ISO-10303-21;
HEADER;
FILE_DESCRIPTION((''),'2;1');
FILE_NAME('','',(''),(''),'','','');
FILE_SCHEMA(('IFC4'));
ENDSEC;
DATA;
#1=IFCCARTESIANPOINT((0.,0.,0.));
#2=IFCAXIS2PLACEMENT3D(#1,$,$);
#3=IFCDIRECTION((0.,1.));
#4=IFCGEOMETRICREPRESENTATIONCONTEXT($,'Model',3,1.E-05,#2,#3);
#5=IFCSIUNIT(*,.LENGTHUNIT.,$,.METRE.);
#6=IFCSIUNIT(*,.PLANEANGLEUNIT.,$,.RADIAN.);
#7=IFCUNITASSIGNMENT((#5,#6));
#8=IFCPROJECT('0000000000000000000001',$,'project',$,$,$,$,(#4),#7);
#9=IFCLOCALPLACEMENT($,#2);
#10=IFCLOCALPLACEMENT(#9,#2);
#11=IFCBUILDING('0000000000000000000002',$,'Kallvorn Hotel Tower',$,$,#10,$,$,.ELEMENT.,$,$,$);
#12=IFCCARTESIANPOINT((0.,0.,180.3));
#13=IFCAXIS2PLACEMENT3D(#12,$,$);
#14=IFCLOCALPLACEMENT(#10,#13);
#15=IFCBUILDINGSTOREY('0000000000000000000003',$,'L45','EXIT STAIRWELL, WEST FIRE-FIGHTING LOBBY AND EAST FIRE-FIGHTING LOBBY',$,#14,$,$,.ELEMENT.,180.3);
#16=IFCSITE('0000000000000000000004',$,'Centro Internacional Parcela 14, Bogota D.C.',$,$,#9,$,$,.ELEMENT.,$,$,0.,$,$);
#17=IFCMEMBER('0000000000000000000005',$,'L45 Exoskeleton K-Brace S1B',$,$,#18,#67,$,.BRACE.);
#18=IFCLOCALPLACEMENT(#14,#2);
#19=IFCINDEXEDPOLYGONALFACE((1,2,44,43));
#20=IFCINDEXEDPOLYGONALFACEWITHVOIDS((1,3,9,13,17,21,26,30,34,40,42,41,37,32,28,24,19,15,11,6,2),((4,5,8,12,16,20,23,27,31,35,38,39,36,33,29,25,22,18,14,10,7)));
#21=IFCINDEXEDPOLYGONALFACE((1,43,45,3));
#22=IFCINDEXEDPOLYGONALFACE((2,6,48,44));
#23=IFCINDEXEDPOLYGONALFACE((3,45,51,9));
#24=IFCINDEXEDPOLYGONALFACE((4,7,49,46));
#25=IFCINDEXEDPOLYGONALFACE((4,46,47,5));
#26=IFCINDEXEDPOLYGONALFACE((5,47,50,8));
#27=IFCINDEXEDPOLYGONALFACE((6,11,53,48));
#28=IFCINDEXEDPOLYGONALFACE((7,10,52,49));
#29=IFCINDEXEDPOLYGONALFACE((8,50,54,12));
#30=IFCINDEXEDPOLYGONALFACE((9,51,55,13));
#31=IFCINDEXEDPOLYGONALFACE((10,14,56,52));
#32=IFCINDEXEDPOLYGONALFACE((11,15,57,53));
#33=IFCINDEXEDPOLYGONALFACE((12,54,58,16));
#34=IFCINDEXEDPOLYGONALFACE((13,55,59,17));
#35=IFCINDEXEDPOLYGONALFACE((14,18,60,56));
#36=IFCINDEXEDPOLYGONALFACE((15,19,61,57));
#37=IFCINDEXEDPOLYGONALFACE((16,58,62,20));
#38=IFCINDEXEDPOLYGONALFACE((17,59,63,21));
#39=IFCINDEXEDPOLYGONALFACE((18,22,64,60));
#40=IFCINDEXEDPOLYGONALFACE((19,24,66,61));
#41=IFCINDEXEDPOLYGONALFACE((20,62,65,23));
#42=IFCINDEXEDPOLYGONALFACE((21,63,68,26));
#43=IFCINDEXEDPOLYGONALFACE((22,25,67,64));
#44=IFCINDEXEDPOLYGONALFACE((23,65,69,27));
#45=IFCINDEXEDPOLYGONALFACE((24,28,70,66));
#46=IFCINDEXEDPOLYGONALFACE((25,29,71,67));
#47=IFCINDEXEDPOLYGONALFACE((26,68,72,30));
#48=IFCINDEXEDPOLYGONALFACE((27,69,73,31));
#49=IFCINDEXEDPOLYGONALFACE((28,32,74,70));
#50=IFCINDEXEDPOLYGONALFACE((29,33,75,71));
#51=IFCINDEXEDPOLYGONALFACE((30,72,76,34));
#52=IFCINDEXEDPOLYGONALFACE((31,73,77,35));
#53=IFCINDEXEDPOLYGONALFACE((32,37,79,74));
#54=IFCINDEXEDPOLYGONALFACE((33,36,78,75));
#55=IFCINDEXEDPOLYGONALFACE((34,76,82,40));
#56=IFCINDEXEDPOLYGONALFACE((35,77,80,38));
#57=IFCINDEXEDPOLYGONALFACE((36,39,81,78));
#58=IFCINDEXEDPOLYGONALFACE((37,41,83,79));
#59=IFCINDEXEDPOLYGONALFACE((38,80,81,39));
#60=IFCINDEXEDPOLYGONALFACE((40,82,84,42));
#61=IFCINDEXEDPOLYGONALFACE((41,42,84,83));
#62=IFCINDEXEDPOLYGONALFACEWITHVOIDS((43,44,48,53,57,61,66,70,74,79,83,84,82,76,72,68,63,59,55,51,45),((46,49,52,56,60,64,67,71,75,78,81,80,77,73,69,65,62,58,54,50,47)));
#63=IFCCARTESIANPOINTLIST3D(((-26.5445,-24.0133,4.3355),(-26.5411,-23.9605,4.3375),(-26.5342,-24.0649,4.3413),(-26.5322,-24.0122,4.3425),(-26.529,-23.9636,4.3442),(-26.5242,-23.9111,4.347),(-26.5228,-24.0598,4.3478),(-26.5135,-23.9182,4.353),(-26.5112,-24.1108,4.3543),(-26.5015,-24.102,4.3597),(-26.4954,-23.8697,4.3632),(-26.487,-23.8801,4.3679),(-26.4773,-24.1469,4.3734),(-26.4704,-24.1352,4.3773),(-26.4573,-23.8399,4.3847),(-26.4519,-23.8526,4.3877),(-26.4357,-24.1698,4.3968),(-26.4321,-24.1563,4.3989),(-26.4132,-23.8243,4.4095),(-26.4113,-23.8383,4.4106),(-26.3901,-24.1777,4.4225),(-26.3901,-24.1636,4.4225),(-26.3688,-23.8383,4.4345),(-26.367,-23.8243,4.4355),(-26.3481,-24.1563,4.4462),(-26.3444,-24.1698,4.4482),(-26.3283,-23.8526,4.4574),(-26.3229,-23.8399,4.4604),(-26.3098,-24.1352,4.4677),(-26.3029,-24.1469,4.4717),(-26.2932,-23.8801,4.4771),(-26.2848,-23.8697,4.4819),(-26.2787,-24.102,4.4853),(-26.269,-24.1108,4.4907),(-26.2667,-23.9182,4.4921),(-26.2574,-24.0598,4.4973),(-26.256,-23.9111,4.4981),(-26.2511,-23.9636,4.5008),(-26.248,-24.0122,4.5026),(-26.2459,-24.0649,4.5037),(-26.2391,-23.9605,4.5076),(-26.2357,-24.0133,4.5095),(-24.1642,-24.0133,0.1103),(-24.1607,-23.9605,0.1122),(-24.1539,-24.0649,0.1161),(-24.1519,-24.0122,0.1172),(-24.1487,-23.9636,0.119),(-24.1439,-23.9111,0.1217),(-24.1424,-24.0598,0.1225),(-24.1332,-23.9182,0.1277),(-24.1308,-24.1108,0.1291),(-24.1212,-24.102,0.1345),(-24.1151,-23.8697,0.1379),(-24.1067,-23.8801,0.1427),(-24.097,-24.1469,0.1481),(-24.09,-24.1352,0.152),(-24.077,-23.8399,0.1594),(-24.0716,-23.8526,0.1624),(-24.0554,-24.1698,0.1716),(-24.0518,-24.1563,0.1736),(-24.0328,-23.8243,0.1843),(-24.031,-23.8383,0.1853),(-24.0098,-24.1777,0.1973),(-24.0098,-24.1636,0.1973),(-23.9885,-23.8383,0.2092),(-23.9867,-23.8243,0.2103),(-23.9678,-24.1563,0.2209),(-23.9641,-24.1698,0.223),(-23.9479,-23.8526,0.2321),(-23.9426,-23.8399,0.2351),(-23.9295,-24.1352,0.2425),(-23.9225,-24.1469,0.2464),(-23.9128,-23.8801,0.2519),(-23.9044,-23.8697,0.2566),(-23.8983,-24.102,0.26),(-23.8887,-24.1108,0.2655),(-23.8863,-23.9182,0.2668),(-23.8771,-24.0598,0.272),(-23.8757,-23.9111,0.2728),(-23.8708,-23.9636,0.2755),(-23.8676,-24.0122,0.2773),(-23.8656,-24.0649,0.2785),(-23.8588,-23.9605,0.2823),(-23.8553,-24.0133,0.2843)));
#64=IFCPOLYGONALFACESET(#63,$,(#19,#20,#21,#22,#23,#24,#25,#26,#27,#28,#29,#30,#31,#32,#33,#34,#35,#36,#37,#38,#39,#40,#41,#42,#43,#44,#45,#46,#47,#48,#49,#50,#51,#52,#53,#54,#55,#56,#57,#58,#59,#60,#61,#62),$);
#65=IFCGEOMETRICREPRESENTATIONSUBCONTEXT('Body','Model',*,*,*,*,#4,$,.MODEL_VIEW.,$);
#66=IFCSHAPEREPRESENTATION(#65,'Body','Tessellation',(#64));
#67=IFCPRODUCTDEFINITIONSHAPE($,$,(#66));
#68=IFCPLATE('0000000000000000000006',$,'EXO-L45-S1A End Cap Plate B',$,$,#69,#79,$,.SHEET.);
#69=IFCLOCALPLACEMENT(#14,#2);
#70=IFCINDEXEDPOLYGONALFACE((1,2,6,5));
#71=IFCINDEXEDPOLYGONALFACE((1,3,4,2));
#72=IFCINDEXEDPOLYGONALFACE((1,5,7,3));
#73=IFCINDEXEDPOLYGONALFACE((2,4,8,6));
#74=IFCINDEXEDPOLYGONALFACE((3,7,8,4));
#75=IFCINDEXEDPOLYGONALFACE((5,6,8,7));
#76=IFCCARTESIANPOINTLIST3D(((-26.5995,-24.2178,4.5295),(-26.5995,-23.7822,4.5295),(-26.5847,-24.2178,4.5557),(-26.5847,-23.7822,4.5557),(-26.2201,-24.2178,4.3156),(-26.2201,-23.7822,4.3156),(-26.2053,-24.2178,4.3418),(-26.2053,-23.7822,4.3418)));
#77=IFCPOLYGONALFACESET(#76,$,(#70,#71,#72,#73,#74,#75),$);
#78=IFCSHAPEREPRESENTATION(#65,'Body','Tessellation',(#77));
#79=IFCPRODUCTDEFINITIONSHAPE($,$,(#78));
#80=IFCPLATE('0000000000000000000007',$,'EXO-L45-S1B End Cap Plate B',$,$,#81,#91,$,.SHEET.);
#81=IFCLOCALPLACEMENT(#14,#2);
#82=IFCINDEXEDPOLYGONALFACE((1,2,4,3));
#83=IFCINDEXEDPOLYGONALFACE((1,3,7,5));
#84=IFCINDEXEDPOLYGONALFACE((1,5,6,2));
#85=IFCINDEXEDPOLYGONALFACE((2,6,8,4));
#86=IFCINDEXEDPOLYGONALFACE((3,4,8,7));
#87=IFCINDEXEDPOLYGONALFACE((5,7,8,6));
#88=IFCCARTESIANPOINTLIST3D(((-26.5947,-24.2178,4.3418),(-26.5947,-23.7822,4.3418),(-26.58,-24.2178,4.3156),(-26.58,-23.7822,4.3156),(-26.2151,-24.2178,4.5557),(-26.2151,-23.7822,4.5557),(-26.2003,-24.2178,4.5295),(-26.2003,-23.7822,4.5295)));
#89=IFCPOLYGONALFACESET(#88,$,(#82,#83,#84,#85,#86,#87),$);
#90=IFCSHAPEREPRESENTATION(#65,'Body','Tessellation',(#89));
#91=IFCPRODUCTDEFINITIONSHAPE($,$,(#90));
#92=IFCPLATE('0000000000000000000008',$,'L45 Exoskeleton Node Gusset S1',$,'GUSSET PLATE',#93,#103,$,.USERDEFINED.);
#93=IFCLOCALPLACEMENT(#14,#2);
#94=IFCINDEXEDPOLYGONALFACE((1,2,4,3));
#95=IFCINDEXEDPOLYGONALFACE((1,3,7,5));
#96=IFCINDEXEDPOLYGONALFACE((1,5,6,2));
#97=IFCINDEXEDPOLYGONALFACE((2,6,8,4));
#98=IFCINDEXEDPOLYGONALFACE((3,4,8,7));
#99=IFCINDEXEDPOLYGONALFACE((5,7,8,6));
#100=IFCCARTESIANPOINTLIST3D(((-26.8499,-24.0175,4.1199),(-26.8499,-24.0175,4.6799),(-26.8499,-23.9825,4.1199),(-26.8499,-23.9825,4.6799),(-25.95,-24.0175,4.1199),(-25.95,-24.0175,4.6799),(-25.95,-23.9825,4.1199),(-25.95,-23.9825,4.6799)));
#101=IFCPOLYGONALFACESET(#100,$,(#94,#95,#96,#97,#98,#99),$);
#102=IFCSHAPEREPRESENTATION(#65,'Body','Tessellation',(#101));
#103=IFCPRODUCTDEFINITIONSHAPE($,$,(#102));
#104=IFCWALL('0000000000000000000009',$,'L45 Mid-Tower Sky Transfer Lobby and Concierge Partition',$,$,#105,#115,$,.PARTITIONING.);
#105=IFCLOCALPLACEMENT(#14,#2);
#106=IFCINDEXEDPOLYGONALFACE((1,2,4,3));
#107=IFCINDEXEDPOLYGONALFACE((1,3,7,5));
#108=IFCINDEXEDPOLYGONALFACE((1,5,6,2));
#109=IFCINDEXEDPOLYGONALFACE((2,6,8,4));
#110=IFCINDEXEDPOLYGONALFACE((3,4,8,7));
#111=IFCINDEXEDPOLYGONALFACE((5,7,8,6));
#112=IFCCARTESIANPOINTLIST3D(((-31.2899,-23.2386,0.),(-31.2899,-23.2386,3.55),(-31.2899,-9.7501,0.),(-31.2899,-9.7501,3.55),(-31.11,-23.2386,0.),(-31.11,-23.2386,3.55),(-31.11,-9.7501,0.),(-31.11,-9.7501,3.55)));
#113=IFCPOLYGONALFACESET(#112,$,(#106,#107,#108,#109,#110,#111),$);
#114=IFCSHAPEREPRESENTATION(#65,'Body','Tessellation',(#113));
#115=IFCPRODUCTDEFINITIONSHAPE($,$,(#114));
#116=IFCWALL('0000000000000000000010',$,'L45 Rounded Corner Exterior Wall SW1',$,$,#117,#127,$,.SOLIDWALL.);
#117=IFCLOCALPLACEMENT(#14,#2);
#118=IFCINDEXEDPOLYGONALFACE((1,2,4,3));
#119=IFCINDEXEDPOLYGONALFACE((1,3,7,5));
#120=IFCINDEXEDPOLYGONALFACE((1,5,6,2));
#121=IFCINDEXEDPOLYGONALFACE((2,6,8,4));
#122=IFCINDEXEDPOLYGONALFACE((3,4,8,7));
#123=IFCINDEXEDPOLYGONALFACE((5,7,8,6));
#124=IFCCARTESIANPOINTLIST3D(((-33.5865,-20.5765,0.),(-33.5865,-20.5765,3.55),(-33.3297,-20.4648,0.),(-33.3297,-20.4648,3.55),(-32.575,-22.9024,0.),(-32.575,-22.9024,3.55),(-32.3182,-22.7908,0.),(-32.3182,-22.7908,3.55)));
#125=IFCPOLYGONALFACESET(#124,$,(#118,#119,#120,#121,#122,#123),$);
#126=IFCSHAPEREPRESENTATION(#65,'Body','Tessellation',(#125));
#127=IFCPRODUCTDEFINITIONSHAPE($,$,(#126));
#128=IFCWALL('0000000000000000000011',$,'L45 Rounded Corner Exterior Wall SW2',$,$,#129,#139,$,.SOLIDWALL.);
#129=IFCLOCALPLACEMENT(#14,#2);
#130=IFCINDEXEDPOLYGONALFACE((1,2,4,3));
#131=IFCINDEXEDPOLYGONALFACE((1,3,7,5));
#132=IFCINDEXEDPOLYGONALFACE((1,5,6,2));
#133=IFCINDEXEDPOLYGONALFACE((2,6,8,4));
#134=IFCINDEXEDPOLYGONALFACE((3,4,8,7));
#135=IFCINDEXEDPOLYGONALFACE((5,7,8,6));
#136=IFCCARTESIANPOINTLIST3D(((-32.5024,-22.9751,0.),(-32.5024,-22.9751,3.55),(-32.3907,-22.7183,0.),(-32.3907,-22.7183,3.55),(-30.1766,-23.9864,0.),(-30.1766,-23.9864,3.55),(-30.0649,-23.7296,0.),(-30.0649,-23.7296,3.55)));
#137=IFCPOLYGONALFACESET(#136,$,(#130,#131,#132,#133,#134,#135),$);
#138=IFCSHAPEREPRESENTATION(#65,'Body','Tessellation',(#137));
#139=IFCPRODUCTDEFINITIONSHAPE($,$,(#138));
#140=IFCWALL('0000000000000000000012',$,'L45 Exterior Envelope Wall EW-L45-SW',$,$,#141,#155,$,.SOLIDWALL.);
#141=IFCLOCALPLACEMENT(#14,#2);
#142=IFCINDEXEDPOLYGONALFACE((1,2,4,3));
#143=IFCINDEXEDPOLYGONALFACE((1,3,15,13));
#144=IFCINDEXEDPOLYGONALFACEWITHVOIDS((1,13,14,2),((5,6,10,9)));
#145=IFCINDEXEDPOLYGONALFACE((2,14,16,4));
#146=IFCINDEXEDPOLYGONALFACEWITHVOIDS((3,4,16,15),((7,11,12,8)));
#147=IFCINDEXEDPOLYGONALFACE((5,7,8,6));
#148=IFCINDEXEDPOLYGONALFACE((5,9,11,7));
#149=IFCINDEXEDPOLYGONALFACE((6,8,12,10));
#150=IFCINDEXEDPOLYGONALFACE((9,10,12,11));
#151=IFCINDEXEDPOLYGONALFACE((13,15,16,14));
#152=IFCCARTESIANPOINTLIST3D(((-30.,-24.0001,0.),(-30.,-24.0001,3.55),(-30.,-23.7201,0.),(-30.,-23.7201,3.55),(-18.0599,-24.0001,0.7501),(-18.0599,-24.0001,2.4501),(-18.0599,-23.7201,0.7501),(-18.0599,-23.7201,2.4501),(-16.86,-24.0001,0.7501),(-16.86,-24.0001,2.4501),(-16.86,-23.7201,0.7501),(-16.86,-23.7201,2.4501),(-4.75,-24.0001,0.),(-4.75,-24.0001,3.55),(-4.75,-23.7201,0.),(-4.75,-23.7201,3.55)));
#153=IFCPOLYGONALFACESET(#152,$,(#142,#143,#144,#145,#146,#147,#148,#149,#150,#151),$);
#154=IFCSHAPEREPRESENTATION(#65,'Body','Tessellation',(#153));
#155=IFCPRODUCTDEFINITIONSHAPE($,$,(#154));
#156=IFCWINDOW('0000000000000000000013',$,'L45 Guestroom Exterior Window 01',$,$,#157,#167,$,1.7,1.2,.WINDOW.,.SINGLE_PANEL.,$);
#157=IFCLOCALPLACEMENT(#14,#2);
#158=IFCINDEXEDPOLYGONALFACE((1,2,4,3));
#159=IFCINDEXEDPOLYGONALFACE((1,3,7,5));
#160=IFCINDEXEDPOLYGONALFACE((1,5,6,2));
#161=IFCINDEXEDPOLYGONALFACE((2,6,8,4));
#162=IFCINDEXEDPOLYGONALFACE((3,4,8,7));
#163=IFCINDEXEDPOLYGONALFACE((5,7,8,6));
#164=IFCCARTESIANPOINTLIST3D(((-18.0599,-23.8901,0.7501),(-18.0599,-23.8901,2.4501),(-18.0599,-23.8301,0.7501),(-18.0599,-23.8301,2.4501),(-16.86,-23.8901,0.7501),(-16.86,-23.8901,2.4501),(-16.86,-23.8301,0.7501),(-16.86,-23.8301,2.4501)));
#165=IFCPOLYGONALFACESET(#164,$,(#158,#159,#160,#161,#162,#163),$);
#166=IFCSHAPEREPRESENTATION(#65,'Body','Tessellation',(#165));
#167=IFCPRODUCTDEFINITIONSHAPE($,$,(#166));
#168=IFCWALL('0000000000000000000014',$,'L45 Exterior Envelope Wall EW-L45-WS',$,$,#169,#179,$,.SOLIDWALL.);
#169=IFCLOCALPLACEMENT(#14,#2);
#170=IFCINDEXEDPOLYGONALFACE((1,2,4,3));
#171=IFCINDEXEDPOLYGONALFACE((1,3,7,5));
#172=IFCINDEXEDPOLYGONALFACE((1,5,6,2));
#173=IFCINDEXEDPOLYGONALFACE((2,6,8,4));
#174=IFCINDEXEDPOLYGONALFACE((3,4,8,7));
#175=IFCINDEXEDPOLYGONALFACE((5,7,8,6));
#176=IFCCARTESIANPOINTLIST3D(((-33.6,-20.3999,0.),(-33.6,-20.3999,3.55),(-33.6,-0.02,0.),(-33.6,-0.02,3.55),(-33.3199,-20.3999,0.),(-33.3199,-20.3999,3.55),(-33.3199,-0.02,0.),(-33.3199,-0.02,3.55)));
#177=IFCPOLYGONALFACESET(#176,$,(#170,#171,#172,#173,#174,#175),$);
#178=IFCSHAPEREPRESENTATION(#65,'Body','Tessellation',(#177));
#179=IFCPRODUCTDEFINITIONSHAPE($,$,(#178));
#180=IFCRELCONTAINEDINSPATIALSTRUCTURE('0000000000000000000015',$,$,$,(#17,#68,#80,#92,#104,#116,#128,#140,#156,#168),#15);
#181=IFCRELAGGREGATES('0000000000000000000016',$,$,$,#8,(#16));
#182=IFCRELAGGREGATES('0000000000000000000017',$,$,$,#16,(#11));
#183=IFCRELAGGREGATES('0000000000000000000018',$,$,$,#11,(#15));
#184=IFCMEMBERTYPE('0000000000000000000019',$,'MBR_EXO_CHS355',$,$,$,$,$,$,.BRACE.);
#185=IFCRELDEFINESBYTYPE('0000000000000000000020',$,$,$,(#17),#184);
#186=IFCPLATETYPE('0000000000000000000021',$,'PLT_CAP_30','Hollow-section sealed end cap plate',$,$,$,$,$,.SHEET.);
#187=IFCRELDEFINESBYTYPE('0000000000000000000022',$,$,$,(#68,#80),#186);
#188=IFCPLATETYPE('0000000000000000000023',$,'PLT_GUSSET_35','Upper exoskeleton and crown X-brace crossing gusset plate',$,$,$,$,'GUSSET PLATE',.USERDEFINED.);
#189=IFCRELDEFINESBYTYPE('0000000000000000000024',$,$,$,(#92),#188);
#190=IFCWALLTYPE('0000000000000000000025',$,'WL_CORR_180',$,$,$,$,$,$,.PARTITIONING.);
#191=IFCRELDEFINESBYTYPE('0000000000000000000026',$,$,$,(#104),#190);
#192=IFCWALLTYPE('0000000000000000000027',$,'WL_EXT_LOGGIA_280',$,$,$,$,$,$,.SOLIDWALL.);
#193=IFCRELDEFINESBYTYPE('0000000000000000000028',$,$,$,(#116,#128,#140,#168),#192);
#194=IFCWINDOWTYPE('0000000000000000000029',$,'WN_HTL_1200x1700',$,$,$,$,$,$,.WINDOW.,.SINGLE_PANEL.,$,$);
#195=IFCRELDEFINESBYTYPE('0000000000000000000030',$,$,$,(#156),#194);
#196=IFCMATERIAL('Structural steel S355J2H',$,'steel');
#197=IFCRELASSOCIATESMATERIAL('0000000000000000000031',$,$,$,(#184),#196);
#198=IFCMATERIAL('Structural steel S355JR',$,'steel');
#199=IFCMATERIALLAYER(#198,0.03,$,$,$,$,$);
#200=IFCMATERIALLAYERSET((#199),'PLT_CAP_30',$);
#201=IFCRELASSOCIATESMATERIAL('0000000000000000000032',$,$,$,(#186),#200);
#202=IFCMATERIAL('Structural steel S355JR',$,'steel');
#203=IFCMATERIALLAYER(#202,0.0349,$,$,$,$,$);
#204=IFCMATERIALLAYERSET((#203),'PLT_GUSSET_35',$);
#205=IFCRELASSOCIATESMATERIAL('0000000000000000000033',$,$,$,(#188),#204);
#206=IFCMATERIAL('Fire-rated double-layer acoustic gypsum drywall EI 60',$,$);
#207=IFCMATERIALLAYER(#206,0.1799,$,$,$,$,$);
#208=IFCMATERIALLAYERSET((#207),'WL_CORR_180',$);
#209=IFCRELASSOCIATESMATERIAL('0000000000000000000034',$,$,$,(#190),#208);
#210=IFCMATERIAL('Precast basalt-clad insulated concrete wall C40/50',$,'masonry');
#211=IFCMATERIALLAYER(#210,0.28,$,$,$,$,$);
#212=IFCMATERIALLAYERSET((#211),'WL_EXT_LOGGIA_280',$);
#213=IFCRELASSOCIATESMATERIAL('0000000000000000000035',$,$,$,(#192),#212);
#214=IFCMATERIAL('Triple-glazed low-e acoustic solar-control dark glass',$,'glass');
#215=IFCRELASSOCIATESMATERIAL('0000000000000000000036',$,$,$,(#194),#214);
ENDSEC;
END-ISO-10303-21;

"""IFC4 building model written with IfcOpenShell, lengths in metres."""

from ifc_helpers import new_model, si_unit, direction, frame, frame_2d, origin, origin_2d, place, context, subcontext, project, spatial, polyline, rectangle, hollow_circle, outline, extrude, material, layer, layer_set, material_profile, profile_set, type_object, element, fill, save


model = new_model("IFC4")

# Units and contexts
model_context = context("Model", 3, precision=1e-05, world=origin(), true_north=direction((0.0, 1.0)))
body_context = subcontext(model_context, "Body", "Model", "MODEL_VIEW")
ifc_project = project(units=[si_unit("LENGTHUNIT", "METRE"), si_unit("PLANEANGLEUNIT", "RADIAN")], contexts=[model_context])

# Site, building, storey
site_placement = place(None, origin())
site = spatial("IfcSite", under=ifc_project, at=site_placement, Name="Centro Internacional Parcela 14, Bogota D.C.", CompositionType="ELEMENT", RefElevation=0.0)
building_placement = place(site_placement, origin())
building = spatial("IfcBuilding", under=site, at=building_placement, Name="Kallvorn Hotel Tower", CompositionType="ELEMENT")
storey_placement = place(building_placement, frame((0.0, 0.0, 180.3)))
storey = spatial("IfcBuildingStorey", under=building, at=storey_placement, Name="L45", Description="EXIT STAIRWELL, WEST FIRE-FIGHTING LOBBY AND EAST FIRE-FIGHTING LOBBY", CompositionType="ELEMENT", Elevation=180.3)

# Member
ifc_material_1 = material(Name="Structural steel S355J2H", Category="steel")
ifc_material_profile_1 = material_profile(ifc_material_1, hollow_circle(Radius=0.1777, WallThickness=0.0142, at=origin_2d()), Name="CHS 355.6x14.2")
ifc_profile_set_1 = profile_set([ifc_material_profile_1], Name="Structural steel S355J2H")
member_type = type_object("IfcMemberType", Name="MBR_EXO_CHS355", PredefinedType="BRACE", material=ifc_profile_set_1)
for number, where, z_axis, x_axis, name in (
    (1, (-24.0098, -24.0, 0.1973), (-0.490828, 0.0, 0.871257), (0.0, -1.0, 0.0), "L45 Exoskeleton K-Brace S1B"),
):
    element("IfcMember", number, at=place(storey_placement, frame(where, z_axis=z_axis, x_axis=x_axis)), inside=storey, type_object=member_type, Name=name, PredefinedType="BRACE", context=body_context, shape_type="SweptSolid", body=[
        extrude(hollow_circle(Radius=0.1777, WallThickness=0.0142, at=origin_2d()), origin(), (0.0, 0.0, 1.0), 4.8496),
    ])

# Plates
ifc_material_2 = material(Name="Structural steel S355JR", Category="steel")
ifc_layer_1 = layer(ifc_material_2, 0.03)
ifc_layer_set_1 = layer_set([ifc_layer_1], Name="PLT_CAP_30")
plate_type_1 = type_object("IfcPlateType", Name="PLT_CAP_30", Description="Hollow-section sealed end cap plate", PredefinedType="SHEET", material=ifc_layer_set_1)
plate_1_placement = place(storey_placement, frame((-26.2053, -24.2178, 4.3418), z_axis=(0.491059, 0.0, 0.871126), x_axis=(0.0, 1.0, 0.0)))
element("IfcPlate", 2, at=plate_1_placement, inside=storey, type_object=plate_type_1, Name="EXO-L45-S1A End Cap Plate B", PredefinedType="SHEET", context=body_context, shape_type="SweptSolid", body=[
    extrude(outline(polyline([(0.0, 0.0), (0.4355, 0.0), (0.4355, 0.4355), (0.0, 0.4355), (0.0, 0.0)])), origin(), (0.0, 0.0, -1.0), 0.03),
])
plate_2_placement = place(storey_placement, frame((-26.5947, -23.7822, 4.3418), z_axis=(-0.49082, 0.0, 0.871261), x_axis=(0.0, -1.0, 0.0)))
element("IfcPlate", 3, at=plate_2_placement, inside=storey, type_object=plate_type_1, Name="EXO-L45-S1B End Cap Plate B", PredefinedType="SHEET", context=body_context, shape_type="SweptSolid", body=[
    extrude(outline(polyline([(0.0, 0.0), (0.4355, 0.0), (0.4355, 0.4357), (0.0, 0.4357), (0.0, 0.0)])), origin(), (0.0, 0.0, -1.0), 0.03),
])
ifc_material_3 = material(Name="Structural steel S355JR", Category="steel")
ifc_layer_2 = layer(ifc_material_3, 0.0349)
ifc_layer_set_2 = layer_set([ifc_layer_2], Name="PLT_GUSSET_35")
plate_type_2 = type_object("IfcPlateType", Name="PLT_GUSSET_35", Description="Upper exoskeleton and crown X-brace crossing gusset plate", ElementType="GUSSET PLATE", PredefinedType="USERDEFINED", material=ifc_layer_set_2)
plate_3_placement = place(storey_placement, frame((-26.3999, -24.0, 4.1199), z_axis=(0.0, 0.0, 1.0), x_axis=(1.0, 0.0, 0.0)))
element("IfcPlate", 4, at=plate_3_placement, inside=storey, type_object=plate_type_2, Name="L45 Exoskeleton Node Gusset S1", ObjectType="GUSSET PLATE", PredefinedType="USERDEFINED", context=body_context, shape_type="SweptSolid", body=[
    extrude(rectangle(XDim=0.8999, YDim=0.0349, at=origin_2d()), origin(), (0.0, 0.0, 1.0), 0.5601),
])

# Walls
ifc_material_4 = material(Name="Fire-rated double-layer acoustic gypsum drywall EI 60")
ifc_layer_3 = layer(ifc_material_4, 0.1799)
ifc_layer_set_3 = layer_set([ifc_layer_3], Name="WL_CORR_180")
wall_type_1 = type_object("IfcWallType", Name="WL_CORR_180", PredefinedType="PARTITIONING", material=ifc_layer_set_3)
wall_1_placement = place(storey_placement, frame((-31.2, -23.2385, 0.0), z_axis=(0.0, 0.0, 1.0), x_axis=(0.0, 1.0, 0.0)))
element("IfcWall", 5, at=wall_1_placement, inside=storey, type_object=wall_type_1, Name="L45 Mid-Tower Sky Transfer Lobby and Concierge Partition", PredefinedType="PARTITIONING", context=body_context, shape_type="SweptSolid", body=[
    extrude(rectangle(XDim=13.4885, YDim=0.1799, at=frame_2d((6.7441, 0.0))), origin(), (0.0, 0.0, 1.0), 3.55),
])
ifc_material_5 = material(Name="Precast basalt-clad insulated concrete wall C40/50", Category="masonry")
ifc_layer_4 = layer(ifc_material_5, 0.28)
ifc_layer_set_4 = layer_set([ifc_layer_4], Name="WL_EXT_LOGGIA_280")
wall_type_2 = type_object("IfcWallType", Name="WL_EXT_LOGGIA_280", PredefinedType="SOLIDWALL", material=ifc_layer_set_4)
wall_2_placement = place(storey_placement, frame((-33.458, -20.5208, 0.0), z_axis=(0.0, 0.0, 1.0), x_axis=(0.398793, -0.917041, 0.0)))
element("IfcWall", 6, at=wall_2_placement, inside=storey, type_object=wall_type_2, Name="L45 Rounded Corner Exterior Wall SW1", PredefinedType="SOLIDWALL", context=body_context, shape_type="SweptSolid", body=[
    extrude(rectangle(XDim=2.5364, YDim=0.28, at=frame_2d((1.2681, 0.0))), origin(), (0.0, 0.0, 1.0), 3.55),
])
wall_3_placement = place(storey_placement, frame((-32.4465, -22.8467, 0.0), z_axis=(0.0, 0.0, 1.0), x_axis=(0.917061, -0.398747, 0.0)))
element("IfcWall", 7, at=wall_3_placement, inside=storey, type_object=wall_type_2, Name="L45 Rounded Corner Exterior Wall SW2", PredefinedType="SOLIDWALL", context=body_context, shape_type="SweptSolid", body=[
    extrude(rectangle(XDim=2.5361, YDim=0.28, at=frame_2d((1.2681, 0.0))), origin(), (0.0, 0.0, 1.0), 3.55),
])

# Wall, opening, window
wall_4_placement = place(storey_placement, frame((-30.0, -23.8601, 0.0), z_axis=(0.0, 0.0, 1.0), x_axis=(1.0, 0.0, 0.0)))
wall_4 = element("IfcWall", 8, at=wall_4_placement, inside=storey, type_object=wall_type_2, Name="L45 Exterior Envelope Wall EW-L45-SW", PredefinedType="SOLIDWALL", context=body_context, shape_type="SweptSolid", body=[
    extrude(rectangle(XDim=25.25, YDim=0.28, at=frame_2d((12.625, 0.0))), origin(), (0.0, 0.0, 1.0), 3.55),
])
opening_placement = place(wall_4_placement, frame((11.9399, 0.0, 0.75)))
opening = element("IfcOpeningElement", 9, at=opening_placement, cuts=wall_4, PredefinedType="OPENING", context=body_context, shape_type="SweptSolid", body=[
    extrude(rectangle(XDim=1.2, YDim=1.7, at=frame_2d((0.6001, 0.8501))), frame((0.0, 0.155, 0.0), z_axis=(0.0, -1.0, 0.0), x_axis=(1.0, 0.0, 0.0)), (0.0, 0.0, 1.0), 0.3101),
])
ifc_material_6 = material(Name="Triple-glazed low-e acoustic solar-control dark glass", Category="glass")
window_type = type_object("IfcWindowType", Name="WN_HTL_1200x1700", PartitioningType="SINGLE_PANEL", PredefinedType="WINDOW", material=ifc_material_6)
window_placement = place(opening_placement, origin())
window = element("IfcWindow", 10, at=window_placement, inside=storey, type_object=window_type, Name="L45 Guestroom Exterior Window 01", OverallHeight=1.7, OverallWidth=1.2, PartitioningType="SINGLE_PANEL", PredefinedType="WINDOW", context=body_context, shape_type="SweptSolid", body=[
    extrude(rectangle(XDim=1.2, YDim=1.7, at=frame_2d((0.6001, 0.8501))), frame((0.0, 0.03, 0.0), z_axis=(0.0, -1.0, 0.0), x_axis=(1.0, 0.0, 0.0)), (0.0, 0.0, 1.0), 0.0601),
])
fill(opening, window)

# Wall
wall_5_placement = place(storey_placement, frame((-33.46, -20.3999, 0.0), z_axis=(0.0, 0.0, 1.0), x_axis=(0.0, 1.0, 0.0)))
element("IfcWall", 11, at=wall_5_placement, inside=storey, type_object=wall_type_2, Name="L45 Exterior Envelope Wall EW-L45-WS", PredefinedType="SOLIDWALL", context=body_context, shape_type="SweptSolid", body=[
    extrude(rectangle(XDim=20.3799, YDim=0.28, at=frame_2d((10.1899, 0.0))), origin(), (0.0, 0.0, 1.0), 3.55),
])

save(model, "model.ifc")
